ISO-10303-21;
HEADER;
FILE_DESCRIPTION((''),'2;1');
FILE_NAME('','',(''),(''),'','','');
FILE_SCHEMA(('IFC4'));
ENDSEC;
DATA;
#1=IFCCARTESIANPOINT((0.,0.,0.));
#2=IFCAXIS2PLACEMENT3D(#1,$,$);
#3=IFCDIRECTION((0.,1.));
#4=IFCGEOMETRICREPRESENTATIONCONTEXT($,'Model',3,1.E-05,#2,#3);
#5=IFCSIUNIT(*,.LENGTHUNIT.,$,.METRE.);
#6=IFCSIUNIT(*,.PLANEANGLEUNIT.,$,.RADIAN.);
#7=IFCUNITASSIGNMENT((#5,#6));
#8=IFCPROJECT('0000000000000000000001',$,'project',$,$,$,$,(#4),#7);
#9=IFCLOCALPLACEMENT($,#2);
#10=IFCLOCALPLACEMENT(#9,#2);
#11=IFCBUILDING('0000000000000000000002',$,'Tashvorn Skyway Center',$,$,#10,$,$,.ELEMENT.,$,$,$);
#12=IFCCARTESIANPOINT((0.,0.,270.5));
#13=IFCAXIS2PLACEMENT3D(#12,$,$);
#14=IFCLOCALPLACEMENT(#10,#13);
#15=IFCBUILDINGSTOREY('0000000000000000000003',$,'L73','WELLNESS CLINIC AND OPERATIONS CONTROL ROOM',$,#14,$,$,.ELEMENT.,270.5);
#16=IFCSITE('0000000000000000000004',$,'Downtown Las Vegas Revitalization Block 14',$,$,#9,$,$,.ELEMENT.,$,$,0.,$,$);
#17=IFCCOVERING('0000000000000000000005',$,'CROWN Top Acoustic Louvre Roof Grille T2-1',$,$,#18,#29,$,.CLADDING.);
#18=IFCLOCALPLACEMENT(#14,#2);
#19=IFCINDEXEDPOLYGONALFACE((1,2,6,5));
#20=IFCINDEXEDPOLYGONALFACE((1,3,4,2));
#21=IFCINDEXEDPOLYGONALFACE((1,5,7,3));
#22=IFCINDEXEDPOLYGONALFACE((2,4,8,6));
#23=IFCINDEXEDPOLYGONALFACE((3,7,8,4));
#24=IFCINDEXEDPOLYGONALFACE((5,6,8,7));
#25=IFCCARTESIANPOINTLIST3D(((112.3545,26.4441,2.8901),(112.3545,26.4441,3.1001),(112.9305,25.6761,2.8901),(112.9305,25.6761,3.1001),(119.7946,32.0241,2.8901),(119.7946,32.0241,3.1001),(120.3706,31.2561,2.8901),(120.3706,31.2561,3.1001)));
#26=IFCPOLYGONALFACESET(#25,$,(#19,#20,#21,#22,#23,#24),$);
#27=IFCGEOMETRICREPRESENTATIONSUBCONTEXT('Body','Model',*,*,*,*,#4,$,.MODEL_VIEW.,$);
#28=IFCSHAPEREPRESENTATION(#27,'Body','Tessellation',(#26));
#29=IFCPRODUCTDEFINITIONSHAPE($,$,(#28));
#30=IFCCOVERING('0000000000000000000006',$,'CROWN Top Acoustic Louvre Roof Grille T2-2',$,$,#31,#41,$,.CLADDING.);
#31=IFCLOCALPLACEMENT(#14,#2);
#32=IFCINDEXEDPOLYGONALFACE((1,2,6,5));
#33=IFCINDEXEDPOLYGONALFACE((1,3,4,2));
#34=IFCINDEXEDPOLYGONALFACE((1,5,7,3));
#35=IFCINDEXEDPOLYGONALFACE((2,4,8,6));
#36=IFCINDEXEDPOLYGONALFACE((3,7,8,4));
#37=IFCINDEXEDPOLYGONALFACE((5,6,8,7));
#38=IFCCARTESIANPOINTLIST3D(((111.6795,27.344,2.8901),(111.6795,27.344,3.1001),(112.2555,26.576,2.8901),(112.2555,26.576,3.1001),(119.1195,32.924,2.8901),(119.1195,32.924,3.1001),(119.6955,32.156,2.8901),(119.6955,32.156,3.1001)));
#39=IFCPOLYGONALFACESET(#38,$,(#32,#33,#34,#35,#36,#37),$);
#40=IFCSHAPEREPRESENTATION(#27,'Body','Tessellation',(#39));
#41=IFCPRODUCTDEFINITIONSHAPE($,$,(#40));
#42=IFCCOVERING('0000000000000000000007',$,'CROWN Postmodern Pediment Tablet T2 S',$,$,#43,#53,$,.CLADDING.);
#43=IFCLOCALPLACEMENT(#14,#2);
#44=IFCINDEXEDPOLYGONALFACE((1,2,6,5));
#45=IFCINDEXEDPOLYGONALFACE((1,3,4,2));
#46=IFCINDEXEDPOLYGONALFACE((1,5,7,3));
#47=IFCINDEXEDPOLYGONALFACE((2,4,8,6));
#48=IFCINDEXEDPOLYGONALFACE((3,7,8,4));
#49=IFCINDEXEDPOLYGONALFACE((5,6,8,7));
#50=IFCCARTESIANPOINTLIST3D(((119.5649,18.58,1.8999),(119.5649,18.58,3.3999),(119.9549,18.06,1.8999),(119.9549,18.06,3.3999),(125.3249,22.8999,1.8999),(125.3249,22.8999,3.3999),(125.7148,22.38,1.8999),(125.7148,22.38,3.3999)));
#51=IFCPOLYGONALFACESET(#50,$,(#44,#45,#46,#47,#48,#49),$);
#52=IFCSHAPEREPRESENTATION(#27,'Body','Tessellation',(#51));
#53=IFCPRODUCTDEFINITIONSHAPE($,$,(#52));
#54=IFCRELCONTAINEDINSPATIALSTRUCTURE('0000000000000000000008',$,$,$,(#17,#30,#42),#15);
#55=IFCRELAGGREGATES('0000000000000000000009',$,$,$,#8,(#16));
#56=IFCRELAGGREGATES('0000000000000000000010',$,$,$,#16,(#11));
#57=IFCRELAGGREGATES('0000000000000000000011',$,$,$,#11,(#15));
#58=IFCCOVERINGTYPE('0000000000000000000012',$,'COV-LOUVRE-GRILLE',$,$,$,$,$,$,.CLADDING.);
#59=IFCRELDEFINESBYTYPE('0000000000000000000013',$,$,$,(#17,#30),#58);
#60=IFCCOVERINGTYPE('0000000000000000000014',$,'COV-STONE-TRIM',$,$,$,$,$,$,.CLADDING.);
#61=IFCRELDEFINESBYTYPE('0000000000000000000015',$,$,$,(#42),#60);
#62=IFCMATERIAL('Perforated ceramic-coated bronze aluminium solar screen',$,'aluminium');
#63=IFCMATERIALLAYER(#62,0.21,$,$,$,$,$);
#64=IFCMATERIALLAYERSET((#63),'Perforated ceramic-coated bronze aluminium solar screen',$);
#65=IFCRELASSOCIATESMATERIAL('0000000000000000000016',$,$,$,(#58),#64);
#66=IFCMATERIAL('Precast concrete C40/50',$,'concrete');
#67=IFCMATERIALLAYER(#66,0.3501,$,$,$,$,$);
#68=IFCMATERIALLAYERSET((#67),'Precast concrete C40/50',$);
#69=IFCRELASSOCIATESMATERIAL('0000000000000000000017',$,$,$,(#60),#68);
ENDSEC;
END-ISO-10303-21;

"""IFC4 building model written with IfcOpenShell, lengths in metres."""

from ifc_helpers import new_model, si_unit, direction, frame, origin, origin_2d, place, context, subcontext, project, spatial, rectangle, extrude, material, layer, layer_set, type_object, element, save


model = new_model("IFC4")

# Units and contexts
model_context = context("Model", 3, precision=1e-05, world=origin(), true_north=direction((0.0, 1.0)))
body_context = subcontext(model_context, "Body", "Model", "MODEL_VIEW")
ifc_project = project(units=[si_unit("LENGTHUNIT", "METRE"), si_unit("PLANEANGLEUNIT", "RADIAN")], contexts=[model_context])

# Site, building, storey
site_placement = place(None, origin())
site = spatial("IfcSite", under=ifc_project, at=site_placement, Name="Downtown Las Vegas Revitalization Block 14", CompositionType="ELEMENT", RefElevation=0.0)
building_placement = place(site_placement, origin())
building = spatial("IfcBuilding", under=site, at=building_placement, Name="Tashvorn Skyway Center", CompositionType="ELEMENT")
storey_placement = place(building_placement, frame((0.0, 0.0, 270.5)))
storey = spatial("IfcBuildingStorey", under=building, at=storey_placement, Name="L73", Description="WELLNESS CLINIC AND OPERATIONS CONTROL ROOM", CompositionType="ELEMENT", Elevation=270.5)

# Shared definitions
ifc_material_1 = material(Name="Perforated ceramic-coated bronze aluminium solar screen", Category="aluminium")

# Coverings
ifc_layer_1 = layer(ifc_material_1, 0.21)
ifc_layer_set_1 = layer_set([ifc_layer_1], Name="Perforated ceramic-coated bronze aluminium solar screen")
covering_type_1 = type_object("IfcCoveringType", Name="COV-LOUVRE-GRILLE", PredefinedType="CLADDING", material=ifc_layer_set_1)
for number, where, z_axis, x_axis, name in (
    (1, (116.3625, 28.8501, 2.8901), (0.0, 0.0, 1.0), (0.8, 0.6, 0.0), "CROWN Top Acoustic Louvre Roof Grille T2-1"),
    (2, (115.6875, 29.75, 2.8901), (0.0, 0.0, 1.0), (0.8, 0.6, 0.0), "CROWN Top Acoustic Louvre Roof Grille T2-2"),
):
    element("IfcCovering", number, at=place(storey_placement, frame(where, z_axis=z_axis, x_axis=x_axis)), inside=storey, type_object=covering_type_1, Name=name, PredefinedType="CLADDING", context=body_context, shape_type="SweptSolid", body=[
        extrude(rectangle(XDim=9.3, YDim=0.96, at=origin_2d()), origin(), (0.0, 0.0, 1.0), 0.21),
    ])
ifc_material_2 = material(Name="Precast concrete C40/50", Category="concrete")
ifc_layer_2 = layer(ifc_material_2, 0.3501)
ifc_layer_set_2 = layer_set([ifc_layer_2], Name="Precast concrete C40/50")
covering_type_2 = type_object("IfcCoveringType", Name="COV-STONE-TRIM", PredefinedType="CLADDING", material=ifc_layer_set_2)
covering_placement = place(storey_placement, frame((122.6399, 20.48, 1.8999), z_axis=(0.0, 0.0, 1.0), x_axis=(0.8, 0.6, 0.0)))
element("IfcCovering", 3, at=covering_placement, inside=storey, type_object=covering_type_2, Name="CROWN Postmodern Pediment Tablet T2 S", PredefinedType="CLADDING", context=body_context, shape_type="SweptSolid", body=[
    extrude(rectangle(XDim=7.2, YDim=0.6499, at=origin_2d()), origin(), (0.0, 0.0, 1.0), 1.5),
])

save(model, "model.ifc")
